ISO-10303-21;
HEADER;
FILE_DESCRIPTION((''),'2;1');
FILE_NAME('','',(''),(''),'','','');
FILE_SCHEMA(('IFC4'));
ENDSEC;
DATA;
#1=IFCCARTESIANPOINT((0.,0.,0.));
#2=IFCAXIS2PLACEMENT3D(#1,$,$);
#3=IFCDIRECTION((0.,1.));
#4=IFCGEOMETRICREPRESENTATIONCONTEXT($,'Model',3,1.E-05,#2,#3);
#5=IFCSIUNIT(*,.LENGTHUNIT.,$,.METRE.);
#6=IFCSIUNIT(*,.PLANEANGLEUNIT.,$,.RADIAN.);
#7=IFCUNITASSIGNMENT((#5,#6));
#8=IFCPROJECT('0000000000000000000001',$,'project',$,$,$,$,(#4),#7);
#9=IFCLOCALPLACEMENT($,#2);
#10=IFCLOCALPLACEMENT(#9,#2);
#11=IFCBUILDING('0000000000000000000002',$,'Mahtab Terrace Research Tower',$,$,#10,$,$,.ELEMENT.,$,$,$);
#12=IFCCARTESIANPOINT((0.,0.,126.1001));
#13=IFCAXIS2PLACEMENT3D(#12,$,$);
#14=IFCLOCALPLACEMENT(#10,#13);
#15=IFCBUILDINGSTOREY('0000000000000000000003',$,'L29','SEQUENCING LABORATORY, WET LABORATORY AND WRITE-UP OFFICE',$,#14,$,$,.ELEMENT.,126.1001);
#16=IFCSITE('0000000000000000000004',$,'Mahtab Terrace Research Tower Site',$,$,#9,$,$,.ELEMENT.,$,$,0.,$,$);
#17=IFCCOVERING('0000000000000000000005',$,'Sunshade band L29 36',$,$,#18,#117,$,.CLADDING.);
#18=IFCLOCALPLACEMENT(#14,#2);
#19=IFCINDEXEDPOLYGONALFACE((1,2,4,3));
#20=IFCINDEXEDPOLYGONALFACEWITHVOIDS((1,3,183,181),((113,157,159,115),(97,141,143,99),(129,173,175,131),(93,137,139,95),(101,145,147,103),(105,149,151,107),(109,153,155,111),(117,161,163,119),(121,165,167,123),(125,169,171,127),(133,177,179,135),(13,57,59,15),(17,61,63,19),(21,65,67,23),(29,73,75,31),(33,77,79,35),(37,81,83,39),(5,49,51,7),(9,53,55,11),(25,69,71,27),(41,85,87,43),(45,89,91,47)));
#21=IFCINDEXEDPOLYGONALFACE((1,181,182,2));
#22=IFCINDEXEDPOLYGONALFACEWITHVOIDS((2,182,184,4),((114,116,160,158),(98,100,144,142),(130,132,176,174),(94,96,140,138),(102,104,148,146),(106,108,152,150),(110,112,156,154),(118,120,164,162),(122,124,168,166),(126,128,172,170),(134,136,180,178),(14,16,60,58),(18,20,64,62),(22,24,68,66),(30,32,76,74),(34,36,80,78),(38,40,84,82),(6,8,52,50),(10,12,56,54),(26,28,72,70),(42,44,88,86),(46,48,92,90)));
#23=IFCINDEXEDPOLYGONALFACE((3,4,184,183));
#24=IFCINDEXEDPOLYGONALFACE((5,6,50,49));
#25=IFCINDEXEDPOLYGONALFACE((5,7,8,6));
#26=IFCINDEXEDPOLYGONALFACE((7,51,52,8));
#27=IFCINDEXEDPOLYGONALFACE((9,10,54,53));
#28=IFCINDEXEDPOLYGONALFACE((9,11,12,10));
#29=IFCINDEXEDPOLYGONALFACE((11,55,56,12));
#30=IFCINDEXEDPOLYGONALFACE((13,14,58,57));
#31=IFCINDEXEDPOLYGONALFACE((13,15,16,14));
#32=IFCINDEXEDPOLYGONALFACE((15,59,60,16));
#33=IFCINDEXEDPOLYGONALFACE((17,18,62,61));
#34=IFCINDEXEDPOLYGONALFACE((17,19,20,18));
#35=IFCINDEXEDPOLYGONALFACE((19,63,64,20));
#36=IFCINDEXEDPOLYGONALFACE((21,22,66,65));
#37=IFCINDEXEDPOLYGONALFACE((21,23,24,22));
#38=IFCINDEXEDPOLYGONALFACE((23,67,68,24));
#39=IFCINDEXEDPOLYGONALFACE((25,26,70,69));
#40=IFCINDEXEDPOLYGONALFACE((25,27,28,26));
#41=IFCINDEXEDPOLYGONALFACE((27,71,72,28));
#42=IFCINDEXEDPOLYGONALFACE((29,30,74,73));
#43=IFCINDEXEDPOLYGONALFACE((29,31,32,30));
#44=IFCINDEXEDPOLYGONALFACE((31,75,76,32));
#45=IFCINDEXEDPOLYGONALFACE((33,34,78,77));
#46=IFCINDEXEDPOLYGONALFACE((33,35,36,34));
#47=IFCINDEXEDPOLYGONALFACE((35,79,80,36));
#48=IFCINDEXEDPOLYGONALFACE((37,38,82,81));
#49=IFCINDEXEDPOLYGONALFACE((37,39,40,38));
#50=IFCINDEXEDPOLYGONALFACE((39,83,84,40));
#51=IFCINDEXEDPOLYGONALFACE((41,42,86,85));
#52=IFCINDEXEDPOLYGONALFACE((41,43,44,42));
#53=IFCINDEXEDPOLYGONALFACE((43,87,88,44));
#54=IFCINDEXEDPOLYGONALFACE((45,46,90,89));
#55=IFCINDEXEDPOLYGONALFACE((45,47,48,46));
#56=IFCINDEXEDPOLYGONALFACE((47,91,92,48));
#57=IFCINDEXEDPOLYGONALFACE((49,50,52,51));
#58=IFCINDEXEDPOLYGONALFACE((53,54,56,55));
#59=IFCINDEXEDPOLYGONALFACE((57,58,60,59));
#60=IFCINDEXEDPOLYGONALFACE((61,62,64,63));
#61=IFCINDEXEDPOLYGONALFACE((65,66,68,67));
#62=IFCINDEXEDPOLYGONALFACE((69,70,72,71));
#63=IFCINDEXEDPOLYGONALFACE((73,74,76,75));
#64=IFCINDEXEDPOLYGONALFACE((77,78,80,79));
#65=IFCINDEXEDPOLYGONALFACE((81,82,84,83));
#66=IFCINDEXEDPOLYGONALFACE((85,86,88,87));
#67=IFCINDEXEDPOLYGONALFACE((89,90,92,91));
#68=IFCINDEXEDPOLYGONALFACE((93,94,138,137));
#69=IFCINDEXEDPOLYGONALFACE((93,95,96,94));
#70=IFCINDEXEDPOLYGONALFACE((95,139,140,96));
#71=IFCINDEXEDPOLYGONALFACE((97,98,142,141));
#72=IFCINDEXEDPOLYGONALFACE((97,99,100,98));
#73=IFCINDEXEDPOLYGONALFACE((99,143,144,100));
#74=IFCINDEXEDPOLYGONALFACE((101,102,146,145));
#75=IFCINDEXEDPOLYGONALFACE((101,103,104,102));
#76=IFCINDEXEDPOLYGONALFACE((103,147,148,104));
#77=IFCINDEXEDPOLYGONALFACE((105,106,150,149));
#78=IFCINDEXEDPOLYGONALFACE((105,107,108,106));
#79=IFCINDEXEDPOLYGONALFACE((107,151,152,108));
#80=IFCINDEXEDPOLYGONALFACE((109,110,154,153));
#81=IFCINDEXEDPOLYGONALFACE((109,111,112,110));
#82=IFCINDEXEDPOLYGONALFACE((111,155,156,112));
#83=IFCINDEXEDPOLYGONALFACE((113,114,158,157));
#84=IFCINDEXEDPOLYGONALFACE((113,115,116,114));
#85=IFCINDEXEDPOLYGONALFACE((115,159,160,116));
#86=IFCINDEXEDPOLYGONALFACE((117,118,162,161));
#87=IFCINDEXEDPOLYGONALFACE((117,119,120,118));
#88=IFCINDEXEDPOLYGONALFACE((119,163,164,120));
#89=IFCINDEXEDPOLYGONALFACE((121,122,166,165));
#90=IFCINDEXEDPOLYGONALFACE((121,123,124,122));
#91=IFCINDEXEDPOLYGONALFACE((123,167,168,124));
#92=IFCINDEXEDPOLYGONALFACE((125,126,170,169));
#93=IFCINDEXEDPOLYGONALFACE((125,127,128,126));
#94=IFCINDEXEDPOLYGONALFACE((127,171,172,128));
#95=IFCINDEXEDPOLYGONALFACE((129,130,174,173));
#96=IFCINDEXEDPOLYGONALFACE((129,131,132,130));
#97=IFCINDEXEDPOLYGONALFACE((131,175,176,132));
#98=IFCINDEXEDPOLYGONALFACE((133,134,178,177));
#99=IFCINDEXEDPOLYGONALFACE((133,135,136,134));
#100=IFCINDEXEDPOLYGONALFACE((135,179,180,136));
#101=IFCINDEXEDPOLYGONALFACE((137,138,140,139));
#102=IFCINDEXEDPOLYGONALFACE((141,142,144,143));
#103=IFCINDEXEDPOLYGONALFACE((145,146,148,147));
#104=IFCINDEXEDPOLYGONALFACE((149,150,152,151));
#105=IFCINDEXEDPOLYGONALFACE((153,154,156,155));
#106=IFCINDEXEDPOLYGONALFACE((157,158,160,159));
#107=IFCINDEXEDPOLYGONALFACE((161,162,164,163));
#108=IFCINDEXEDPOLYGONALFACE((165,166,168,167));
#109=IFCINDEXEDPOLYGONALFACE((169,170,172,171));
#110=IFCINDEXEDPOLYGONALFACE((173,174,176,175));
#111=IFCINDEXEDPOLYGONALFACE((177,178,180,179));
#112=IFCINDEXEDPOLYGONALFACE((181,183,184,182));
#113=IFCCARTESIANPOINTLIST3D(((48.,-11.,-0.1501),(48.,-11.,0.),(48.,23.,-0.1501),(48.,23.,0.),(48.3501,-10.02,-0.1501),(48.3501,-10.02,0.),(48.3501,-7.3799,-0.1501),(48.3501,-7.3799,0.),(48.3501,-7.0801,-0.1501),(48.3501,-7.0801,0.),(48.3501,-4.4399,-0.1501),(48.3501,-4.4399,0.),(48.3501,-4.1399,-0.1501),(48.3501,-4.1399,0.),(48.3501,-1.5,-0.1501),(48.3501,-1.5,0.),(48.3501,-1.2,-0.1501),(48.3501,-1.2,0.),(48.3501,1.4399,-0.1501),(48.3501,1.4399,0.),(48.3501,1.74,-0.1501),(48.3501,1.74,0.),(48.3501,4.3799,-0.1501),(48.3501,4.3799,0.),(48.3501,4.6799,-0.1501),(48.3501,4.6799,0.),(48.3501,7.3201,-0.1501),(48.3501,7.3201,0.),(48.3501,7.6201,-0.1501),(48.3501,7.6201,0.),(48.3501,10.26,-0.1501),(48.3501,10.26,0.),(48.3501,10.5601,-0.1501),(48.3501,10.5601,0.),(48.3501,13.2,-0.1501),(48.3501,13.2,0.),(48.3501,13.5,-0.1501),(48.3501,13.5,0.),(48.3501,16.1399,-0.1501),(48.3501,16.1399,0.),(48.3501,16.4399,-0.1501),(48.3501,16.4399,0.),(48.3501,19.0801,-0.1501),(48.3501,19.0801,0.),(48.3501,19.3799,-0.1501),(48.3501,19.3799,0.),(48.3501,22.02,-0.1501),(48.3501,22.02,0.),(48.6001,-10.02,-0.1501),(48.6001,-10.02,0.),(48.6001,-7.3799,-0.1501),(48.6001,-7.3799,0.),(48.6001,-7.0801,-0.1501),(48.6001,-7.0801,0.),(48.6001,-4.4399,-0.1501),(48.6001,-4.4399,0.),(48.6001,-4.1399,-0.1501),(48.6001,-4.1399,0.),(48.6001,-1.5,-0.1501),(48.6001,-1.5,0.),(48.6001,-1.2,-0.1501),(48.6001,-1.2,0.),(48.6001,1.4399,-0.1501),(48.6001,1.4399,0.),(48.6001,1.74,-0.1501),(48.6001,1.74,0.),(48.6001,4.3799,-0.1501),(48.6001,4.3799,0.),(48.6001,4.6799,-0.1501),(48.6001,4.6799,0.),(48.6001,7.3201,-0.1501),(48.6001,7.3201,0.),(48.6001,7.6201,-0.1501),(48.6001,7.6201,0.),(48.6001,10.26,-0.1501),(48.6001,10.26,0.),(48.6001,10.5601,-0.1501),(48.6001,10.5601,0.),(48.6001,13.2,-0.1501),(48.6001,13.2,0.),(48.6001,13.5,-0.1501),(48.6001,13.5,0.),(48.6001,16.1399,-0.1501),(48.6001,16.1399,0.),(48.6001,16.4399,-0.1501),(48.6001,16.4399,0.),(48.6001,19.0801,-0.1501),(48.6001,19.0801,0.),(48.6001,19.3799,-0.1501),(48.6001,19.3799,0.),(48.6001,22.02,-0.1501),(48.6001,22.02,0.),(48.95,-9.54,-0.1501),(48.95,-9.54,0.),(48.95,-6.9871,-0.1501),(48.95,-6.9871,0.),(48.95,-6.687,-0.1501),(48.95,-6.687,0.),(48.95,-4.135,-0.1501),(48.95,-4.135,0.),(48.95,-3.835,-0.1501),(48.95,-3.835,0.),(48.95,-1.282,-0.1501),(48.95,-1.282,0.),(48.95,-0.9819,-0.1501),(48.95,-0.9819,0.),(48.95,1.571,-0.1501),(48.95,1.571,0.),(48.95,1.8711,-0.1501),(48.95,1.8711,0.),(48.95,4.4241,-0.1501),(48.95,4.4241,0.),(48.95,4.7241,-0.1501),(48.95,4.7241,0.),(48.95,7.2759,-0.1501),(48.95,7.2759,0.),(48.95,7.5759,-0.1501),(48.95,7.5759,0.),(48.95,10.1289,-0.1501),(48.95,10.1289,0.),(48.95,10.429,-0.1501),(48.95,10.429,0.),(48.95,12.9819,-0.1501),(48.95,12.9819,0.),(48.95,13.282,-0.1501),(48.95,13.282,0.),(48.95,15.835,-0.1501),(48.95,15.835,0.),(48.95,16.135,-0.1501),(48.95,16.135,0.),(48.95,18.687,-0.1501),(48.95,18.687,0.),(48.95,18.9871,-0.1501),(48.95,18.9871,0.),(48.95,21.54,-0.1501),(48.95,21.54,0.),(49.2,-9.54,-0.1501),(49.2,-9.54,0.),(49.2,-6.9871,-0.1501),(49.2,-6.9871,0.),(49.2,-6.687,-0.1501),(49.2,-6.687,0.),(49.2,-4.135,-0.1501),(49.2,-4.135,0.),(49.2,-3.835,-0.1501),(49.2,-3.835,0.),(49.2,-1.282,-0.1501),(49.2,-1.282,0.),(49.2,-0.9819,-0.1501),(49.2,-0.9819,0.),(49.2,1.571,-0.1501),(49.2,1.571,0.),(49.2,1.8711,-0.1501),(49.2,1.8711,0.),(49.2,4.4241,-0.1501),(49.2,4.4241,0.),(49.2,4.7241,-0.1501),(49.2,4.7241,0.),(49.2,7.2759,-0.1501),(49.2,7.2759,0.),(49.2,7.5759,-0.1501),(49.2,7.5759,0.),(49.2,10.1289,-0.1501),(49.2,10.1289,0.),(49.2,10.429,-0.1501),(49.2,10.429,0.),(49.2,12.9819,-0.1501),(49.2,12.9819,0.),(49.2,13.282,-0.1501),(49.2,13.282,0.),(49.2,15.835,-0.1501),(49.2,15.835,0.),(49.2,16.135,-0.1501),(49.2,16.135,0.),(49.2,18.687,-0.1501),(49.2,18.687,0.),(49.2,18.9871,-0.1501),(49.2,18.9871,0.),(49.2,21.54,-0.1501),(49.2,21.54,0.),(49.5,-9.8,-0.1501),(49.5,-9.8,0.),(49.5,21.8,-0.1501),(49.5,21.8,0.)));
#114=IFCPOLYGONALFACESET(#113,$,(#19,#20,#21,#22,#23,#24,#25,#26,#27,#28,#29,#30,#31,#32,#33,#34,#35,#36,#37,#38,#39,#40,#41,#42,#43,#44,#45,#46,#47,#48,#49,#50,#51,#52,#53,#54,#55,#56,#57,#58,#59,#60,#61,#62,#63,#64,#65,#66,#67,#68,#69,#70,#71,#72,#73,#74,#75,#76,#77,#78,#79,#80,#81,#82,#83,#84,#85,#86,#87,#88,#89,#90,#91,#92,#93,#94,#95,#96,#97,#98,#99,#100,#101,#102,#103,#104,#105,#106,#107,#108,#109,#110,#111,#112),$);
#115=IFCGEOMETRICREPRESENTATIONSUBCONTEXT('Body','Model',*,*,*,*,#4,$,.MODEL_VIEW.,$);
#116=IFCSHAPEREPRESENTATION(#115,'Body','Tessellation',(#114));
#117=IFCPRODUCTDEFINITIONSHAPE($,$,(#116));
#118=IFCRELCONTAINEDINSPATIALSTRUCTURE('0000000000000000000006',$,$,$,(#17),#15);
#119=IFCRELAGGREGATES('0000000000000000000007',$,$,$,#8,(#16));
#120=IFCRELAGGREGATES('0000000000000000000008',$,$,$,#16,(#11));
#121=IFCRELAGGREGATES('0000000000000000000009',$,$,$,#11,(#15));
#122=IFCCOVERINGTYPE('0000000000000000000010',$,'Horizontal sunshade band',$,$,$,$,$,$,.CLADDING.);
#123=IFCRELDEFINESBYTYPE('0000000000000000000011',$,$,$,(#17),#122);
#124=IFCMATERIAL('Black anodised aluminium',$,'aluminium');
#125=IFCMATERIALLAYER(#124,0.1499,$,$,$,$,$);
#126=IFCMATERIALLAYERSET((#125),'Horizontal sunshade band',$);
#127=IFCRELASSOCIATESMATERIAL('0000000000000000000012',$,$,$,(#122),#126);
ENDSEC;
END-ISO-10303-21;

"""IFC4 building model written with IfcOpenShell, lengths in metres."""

from ifc_helpers import new_model, si_unit, direction, frame, origin, place, context, subcontext, project, spatial, polyline, outline, extrude, material, layer, layer_set, type_object, element, save


model = new_model("IFC4")

# Units and contexts
model_context = context("Model", 3, precision=1e-05, world=origin(), true_north=direction((0.0, 1.0)))
body_context = subcontext(model_context, "Body", "Model", "MODEL_VIEW")
ifc_project = project(units=[si_unit("LENGTHUNIT", "METRE"), si_unit("PLANEANGLEUNIT", "RADIAN")], contexts=[model_context])

# Site, building, storey
site_placement = place(None, origin())
site = spatial("IfcSite", under=ifc_project, at=site_placement, Name="Mahtab Terrace Research Tower Site", CompositionType="ELEMENT", RefElevation=0.0)
building_placement = place(site_placement, origin())
building = spatial("IfcBuilding", under=site, at=building_placement, Name="Mahtab Terrace Research Tower", CompositionType="ELEMENT")
storey_placement = place(building_placement, frame((0.0, 0.0, 126.1001)))
storey = spatial("IfcBuildingStorey", under=building, at=storey_placement, Name="L29", Description="SEQUENCING LABORATORY, WET LABORATORY AND WRITE-UP OFFICE", CompositionType="ELEMENT", Elevation=126.1001)

# Covering
ifc_material_1 = material(Name="Black anodised aluminium", Category="aluminium")
ifc_layer_1 = layer(ifc_material_1, 0.1499)
ifc_layer_set_1 = layer_set([ifc_layer_1], Name="Horizontal sunshade band")
covering_type = type_object("IfcCoveringType", Name="Horizontal sunshade band", PredefinedType="CLADDING", material=ifc_layer_set_1)
covering_1_placement = place(storey_placement, frame((0.0, 0.0, -0.1501)))
element("IfcCovering", 1, at=covering_1_placement, inside=storey, type_object=covering_type, Name="Sunshade band L29 36", PredefinedType="CLADDING", context=body_context, shape_type="SweptSolid", body=[
    extrude(outline(polyline([(48.0, -11.0), (48.0, 23.0), (49.5, 21.8), (49.5, -9.8), (48.0, -11.0)]), holes=[polyline([(48.3501, -10.02), (48.3501, -7.3799), (48.6001, -7.3799), (48.6001, -10.02), (48.3501, -10.02)]), polyline([(48.3501, -7.0801), (48.3501, -4.4399), (48.6001, -4.4399), (48.6001, -7.0801), (48.3501, -7.0801)]), polyline([(48.3501, -4.1399), (48.3501, -1.5), (48.6001, -1.5), (48.6001, -4.1399), (48.3501, -4.1399)]), polyline([(48.3501, -1.2), (48.3501, 1.4399), (48.6001, 1.4399), (48.6001, -1.2), (48.3501, -1.2)]), polyline([(48.3501, 1.74), (48.3501, 4.3799), (48.6001, 4.3799), (48.6001, 1.74), (48.3501, 1.74)]), polyline([(48.3501, 4.6799), (48.3501, 7.3201), (48.6001, 7.3201), (48.6001, 4.6799), (48.3501, 4.6799)]), polyline([(48.3501, 7.6201), (48.3501, 10.26), (48.6001, 10.26), (48.6001, 7.6201), (48.3501, 7.6201)]), polyline([(48.3501, 10.5601), (48.3501, 13.2), (48.6001, 13.2), (48.6001, 10.5601), (48.3501, 10.5601)]), polyline([(48.3501, 13.5), (48.3501, 16.1399), (48.6001, 16.1399), (48.6001, 13.5), (48.3501, 13.5)]), polyline([(48.3501, 16.4399), (48.3501, 19.0801), (48.6001, 19.0801), (48.6001, 16.4399), (48.3501, 16.4399)]), polyline([(48.3501, 19.3799), (48.3501, 22.02), (48.6001, 22.02), (48.6001, 19.3799), (48.3501, 19.3799)]), polyline([(48.95, -9.54), (48.95, -6.9871), (49.2, -6.9871), (49.2, -9.54), (48.95, -9.54)]), polyline([(48.95, -6.687), (48.95, -4.135), (49.2, -4.135), (49.2, -6.687), (48.95, -6.687)]), polyline([(48.95, -3.835), (48.95, -1.282), (49.2, -1.282), (49.2, -3.835), (48.95, -3.835)]), polyline([(48.95, -0.9819), (48.95, 1.571), (49.2, 1.571), (49.2, -0.9819), (48.95, -0.9819)]), polyline([(48.95, 1.8711), (48.95, 4.4241), (49.2, 4.4241), (49.2, 1.8711), (48.95, 1.8711)]), polyline([(48.95, 4.7241), (48.95, 7.2759), (49.2, 7.2759), (49.2, 4.7241), (48.95, 4.7241)]), polyline([(48.95, 7.5759), (48.95, 10.1289), (49.2, 10.1289), (49.2, 7.5759), (48.95, 7.5759)]), polyline([(48.95, 10.429), (48.95, 12.9819), (49.2, 12.9819), (49.2, 10.429), (48.95, 10.429)]), polyline([(48.95, 13.282), (48.95, 15.835), (49.2, 15.835), (49.2, 13.282), (48.95, 13.282)]), polyline([(48.95, 16.135), (48.95, 18.687), (49.2, 18.687), (49.2, 16.135), (48.95, 16.135)]), polyline([(48.95, 18.9871), (48.95, 21.54), (49.2, 21.54), (49.2, 18.9871), (48.95, 18.9871)])]), origin(), (0.0, 0.0, 1.0), 0.1501),
])

save(model, "model.ifc")
